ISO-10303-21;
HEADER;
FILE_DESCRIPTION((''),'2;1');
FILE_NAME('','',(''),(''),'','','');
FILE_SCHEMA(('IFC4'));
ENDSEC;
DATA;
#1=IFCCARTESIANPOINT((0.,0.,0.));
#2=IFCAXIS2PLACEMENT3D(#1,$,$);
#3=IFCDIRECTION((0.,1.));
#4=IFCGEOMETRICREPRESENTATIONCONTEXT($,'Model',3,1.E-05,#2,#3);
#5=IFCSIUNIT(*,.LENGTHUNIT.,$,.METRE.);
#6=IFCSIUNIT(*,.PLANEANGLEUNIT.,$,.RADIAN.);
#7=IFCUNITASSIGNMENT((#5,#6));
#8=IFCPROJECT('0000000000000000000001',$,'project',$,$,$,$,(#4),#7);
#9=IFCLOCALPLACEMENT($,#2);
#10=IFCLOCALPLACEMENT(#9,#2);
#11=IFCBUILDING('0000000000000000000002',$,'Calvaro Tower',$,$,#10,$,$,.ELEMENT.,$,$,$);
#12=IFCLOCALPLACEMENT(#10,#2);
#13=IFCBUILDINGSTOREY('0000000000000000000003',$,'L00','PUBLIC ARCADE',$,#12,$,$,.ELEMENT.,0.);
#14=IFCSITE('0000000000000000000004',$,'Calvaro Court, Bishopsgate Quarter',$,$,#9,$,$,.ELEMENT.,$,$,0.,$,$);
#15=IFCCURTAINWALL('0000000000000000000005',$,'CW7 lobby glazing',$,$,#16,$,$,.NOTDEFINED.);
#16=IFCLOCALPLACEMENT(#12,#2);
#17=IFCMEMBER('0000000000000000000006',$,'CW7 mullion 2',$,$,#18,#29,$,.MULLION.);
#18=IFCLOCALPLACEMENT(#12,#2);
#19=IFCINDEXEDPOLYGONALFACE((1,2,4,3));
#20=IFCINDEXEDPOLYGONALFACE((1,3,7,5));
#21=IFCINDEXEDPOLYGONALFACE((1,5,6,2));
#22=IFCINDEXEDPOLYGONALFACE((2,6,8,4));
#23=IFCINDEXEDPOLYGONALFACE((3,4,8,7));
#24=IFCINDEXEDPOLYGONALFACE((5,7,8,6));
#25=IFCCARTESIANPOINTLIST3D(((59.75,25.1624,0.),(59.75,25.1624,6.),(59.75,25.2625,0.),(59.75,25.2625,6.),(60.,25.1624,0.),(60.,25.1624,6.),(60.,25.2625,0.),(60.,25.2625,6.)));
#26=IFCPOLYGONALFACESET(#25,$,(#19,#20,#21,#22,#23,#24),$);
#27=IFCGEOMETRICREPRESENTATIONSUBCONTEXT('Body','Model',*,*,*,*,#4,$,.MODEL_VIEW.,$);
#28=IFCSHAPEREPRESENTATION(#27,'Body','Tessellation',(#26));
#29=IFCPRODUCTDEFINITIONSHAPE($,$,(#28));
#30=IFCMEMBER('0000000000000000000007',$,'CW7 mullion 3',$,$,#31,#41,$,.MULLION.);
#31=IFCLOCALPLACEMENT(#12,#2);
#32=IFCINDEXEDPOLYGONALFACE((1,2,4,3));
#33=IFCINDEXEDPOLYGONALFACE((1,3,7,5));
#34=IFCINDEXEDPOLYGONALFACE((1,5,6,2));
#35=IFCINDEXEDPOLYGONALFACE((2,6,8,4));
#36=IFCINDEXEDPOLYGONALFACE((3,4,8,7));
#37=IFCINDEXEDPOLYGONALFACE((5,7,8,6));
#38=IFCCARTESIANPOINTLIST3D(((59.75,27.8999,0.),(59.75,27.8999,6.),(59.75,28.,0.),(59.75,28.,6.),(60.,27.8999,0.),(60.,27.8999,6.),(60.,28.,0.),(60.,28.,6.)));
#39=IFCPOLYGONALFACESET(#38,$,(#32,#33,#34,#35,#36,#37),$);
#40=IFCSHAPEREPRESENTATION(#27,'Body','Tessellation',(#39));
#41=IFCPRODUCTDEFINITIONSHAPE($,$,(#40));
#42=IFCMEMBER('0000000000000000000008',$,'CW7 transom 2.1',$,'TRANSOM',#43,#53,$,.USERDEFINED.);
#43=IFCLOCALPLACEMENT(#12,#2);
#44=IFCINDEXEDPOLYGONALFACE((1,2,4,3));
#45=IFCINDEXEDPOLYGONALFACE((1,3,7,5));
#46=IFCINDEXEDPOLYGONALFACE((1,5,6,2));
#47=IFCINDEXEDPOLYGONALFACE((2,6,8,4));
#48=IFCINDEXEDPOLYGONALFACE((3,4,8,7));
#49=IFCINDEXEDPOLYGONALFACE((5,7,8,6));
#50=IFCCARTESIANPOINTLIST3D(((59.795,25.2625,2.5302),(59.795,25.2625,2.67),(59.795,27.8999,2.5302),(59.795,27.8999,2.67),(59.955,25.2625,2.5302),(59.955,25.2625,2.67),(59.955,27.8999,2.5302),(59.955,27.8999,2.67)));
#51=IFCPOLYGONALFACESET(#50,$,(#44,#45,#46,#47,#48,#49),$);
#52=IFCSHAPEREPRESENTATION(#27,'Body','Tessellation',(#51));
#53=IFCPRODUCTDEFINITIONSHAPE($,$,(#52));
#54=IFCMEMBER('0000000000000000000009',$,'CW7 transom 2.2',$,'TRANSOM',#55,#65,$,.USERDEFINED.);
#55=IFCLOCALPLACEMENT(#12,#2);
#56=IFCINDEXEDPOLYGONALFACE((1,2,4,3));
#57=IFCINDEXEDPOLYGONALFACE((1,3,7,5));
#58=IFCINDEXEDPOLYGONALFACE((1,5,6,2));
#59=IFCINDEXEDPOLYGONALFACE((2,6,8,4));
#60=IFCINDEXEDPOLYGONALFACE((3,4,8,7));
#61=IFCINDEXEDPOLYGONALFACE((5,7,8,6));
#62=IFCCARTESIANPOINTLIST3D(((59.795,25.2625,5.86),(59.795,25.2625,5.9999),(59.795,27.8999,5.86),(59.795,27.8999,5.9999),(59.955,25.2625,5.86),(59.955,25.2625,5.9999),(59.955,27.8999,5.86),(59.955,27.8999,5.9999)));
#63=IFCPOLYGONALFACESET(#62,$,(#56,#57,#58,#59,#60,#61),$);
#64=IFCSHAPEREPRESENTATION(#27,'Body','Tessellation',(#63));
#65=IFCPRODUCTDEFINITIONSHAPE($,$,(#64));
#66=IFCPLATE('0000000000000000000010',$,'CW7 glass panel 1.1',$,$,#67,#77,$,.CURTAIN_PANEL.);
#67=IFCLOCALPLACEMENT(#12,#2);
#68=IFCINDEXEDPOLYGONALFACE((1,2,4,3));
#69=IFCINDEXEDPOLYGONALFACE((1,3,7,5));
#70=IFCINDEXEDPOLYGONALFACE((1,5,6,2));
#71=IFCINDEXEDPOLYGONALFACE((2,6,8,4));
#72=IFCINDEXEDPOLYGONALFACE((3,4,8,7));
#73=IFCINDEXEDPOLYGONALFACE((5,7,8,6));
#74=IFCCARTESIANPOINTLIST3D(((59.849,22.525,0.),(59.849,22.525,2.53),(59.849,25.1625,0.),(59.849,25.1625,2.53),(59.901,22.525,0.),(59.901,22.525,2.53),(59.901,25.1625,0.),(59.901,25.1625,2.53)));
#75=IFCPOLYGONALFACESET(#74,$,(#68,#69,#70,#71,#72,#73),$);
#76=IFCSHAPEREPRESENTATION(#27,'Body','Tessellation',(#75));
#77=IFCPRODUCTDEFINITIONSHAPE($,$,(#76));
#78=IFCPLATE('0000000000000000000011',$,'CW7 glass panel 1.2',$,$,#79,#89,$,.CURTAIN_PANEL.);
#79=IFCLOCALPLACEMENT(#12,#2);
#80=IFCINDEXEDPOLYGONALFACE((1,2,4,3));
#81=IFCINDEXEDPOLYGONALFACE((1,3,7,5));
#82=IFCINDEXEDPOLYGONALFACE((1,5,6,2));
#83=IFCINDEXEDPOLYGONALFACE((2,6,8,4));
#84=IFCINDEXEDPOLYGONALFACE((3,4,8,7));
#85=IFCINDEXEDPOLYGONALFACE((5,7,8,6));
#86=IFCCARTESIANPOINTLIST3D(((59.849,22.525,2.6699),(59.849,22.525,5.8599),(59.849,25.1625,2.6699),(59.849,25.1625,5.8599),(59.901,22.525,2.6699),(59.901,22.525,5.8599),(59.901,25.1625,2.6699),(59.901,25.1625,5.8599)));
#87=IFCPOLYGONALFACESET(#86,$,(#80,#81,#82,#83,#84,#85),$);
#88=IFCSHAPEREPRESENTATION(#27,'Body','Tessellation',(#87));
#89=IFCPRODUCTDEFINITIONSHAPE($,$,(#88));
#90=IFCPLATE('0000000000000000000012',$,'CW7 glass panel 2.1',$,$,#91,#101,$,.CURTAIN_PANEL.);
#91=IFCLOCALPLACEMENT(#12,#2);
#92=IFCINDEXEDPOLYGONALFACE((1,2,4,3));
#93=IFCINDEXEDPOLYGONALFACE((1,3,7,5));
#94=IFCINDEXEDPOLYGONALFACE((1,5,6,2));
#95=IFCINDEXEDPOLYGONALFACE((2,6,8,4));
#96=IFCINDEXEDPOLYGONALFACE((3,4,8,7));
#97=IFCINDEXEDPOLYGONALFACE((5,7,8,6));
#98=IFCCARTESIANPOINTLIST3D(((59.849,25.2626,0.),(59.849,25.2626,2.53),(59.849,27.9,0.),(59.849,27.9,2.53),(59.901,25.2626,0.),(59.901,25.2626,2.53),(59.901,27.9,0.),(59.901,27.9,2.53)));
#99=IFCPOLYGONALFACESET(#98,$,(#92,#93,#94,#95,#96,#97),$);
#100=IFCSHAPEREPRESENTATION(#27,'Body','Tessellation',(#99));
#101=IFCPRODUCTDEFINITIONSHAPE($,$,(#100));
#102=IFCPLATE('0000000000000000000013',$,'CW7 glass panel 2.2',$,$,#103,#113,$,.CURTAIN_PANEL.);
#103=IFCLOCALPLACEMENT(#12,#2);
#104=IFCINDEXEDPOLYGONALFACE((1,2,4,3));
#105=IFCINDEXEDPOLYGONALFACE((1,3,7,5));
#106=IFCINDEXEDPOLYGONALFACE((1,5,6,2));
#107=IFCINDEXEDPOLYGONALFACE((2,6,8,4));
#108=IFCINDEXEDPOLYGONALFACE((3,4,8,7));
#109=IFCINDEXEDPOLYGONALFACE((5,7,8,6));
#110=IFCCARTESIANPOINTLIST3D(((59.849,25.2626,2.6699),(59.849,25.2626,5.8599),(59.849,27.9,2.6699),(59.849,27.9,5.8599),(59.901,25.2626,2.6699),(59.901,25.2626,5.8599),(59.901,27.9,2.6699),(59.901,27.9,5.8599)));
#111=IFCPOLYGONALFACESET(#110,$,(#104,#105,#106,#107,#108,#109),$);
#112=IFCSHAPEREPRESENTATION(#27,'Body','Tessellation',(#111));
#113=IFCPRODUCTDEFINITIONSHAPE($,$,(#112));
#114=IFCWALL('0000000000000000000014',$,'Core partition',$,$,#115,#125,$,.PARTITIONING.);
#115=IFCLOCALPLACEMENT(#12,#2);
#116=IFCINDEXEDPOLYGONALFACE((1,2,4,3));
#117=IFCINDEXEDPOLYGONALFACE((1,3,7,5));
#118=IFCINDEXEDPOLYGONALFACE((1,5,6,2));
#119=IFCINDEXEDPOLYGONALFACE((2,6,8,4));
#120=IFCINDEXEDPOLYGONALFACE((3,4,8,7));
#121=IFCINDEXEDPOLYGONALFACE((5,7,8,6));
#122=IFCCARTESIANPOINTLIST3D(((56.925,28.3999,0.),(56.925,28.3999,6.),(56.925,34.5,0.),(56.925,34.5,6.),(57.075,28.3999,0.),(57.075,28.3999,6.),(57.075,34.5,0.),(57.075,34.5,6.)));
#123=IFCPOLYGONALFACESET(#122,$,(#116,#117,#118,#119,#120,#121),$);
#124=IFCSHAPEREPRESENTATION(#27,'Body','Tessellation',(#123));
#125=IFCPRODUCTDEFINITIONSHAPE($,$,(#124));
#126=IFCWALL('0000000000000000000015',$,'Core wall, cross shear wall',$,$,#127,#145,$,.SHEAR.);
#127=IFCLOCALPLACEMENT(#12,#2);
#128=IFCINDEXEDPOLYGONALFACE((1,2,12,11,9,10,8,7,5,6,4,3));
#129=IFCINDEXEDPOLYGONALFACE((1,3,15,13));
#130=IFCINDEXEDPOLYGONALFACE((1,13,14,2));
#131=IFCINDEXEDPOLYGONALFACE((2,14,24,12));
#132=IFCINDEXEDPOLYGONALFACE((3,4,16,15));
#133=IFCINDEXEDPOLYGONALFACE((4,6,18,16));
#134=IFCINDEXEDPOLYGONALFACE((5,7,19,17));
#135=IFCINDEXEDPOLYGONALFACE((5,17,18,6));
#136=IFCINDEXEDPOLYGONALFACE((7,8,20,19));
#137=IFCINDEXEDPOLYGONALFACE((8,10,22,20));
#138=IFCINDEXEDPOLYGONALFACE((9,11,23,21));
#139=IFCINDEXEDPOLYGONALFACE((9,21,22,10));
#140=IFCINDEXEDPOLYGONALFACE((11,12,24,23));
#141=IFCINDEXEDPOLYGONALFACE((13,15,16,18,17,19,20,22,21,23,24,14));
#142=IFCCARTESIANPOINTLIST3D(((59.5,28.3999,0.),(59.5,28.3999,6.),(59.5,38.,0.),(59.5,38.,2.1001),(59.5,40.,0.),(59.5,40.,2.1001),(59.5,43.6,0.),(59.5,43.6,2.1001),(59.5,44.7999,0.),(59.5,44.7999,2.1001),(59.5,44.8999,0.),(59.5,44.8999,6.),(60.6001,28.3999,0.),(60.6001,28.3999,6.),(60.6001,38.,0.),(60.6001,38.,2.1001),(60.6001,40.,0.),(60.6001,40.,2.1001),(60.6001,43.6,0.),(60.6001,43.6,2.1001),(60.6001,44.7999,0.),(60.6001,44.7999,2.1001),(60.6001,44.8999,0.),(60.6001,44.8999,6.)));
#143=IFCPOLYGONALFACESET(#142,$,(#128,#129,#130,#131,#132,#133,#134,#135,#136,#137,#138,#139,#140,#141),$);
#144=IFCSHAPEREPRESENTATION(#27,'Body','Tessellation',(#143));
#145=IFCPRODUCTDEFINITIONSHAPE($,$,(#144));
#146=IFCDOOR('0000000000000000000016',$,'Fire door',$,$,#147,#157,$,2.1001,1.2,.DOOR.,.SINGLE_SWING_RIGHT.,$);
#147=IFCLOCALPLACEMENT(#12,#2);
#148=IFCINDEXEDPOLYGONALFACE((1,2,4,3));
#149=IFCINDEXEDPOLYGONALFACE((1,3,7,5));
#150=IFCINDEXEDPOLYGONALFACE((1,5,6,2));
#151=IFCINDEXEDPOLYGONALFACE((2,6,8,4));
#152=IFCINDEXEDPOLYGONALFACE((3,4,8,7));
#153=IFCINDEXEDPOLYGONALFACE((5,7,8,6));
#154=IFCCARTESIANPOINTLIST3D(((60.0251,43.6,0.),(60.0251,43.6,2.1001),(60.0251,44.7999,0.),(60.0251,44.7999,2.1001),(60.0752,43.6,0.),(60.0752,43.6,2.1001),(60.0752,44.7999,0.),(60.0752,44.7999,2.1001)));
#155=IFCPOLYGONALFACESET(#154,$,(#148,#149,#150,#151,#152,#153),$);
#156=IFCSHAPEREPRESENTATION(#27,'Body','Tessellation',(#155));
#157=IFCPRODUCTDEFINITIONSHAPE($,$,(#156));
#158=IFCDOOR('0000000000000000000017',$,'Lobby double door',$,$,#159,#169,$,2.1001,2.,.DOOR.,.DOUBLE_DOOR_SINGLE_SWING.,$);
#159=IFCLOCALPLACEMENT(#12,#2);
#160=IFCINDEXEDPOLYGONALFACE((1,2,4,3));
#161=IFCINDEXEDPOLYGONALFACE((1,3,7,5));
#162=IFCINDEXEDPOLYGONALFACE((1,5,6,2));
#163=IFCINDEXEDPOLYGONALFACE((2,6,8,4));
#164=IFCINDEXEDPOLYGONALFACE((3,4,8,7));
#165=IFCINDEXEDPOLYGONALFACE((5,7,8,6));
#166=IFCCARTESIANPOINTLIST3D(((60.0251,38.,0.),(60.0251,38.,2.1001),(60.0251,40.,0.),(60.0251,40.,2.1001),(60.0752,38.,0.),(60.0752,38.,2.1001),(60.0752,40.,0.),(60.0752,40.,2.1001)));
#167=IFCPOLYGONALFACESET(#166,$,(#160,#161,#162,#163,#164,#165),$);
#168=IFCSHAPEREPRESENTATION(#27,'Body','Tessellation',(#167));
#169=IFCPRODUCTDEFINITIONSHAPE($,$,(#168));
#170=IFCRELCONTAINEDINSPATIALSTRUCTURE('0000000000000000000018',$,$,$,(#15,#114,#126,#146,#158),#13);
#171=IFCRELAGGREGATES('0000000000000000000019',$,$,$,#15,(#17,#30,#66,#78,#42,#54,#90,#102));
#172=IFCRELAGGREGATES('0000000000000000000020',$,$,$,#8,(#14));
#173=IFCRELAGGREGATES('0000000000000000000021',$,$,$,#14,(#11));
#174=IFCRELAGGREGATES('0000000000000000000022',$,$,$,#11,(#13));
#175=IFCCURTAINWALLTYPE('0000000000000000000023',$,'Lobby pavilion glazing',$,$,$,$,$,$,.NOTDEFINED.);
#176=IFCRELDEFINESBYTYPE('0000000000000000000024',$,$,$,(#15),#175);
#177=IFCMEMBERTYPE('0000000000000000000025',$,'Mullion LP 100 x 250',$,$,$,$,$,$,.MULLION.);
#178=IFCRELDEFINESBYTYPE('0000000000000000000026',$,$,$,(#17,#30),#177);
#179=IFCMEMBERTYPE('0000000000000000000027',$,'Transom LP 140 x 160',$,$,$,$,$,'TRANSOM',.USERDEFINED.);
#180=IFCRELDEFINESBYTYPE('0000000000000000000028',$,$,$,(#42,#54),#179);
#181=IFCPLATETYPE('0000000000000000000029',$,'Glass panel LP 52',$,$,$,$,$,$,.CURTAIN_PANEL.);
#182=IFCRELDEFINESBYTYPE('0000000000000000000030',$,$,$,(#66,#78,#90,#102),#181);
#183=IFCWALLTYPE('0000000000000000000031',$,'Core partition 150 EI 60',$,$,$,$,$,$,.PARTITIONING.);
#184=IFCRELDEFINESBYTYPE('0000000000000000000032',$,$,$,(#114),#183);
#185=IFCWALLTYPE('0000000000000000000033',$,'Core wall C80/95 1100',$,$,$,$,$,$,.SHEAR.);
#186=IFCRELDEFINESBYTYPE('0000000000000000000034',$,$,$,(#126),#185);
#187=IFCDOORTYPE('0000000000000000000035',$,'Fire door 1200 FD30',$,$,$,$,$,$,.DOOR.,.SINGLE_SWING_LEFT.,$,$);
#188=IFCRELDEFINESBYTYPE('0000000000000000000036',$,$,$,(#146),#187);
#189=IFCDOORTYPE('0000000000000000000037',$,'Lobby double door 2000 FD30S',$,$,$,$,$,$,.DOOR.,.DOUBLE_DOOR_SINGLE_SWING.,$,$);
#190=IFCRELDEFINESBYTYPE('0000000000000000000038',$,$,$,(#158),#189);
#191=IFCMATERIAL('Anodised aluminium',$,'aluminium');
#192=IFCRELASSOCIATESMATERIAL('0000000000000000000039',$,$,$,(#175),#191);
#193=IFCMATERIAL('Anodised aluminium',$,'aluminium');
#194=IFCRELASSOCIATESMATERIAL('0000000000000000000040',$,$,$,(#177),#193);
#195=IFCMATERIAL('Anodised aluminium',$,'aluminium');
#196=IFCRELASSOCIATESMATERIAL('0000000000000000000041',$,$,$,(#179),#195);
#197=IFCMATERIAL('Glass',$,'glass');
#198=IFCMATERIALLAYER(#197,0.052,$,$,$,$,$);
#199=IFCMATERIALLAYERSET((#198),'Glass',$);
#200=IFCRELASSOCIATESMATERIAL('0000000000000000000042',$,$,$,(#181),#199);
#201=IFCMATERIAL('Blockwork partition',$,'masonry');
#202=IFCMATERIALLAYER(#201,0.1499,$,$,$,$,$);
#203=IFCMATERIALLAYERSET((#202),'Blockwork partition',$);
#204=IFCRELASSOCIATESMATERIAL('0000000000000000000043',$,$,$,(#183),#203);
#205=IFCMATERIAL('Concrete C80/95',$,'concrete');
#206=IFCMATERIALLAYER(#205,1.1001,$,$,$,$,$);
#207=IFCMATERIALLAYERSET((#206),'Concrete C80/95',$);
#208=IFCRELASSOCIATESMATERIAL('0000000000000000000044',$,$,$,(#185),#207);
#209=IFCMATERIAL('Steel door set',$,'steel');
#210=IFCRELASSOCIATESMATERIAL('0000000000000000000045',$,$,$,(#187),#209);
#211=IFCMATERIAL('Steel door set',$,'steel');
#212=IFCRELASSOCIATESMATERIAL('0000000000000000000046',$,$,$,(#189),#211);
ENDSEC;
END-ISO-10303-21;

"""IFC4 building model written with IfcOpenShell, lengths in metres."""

from ifc_helpers import new_model, si_unit, direction, frame, frame_2d, origin, origin_2d, place, context, subcontext, project, spatial, rectangle, extrude, material, layer, layer_set, material_profile, profile_set, type_object, element, fill, aggregate, save


model = new_model("IFC4")

# Units and contexts
model_context = context("Model", 3, precision=1e-05, world=origin(), true_north=direction((0.0, 1.0)))
body_context = subcontext(model_context, "Body", "Model", "MODEL_VIEW")
ifc_project = project(units=[si_unit("LENGTHUNIT", "METRE"), si_unit("PLANEANGLEUNIT", "RADIAN")], contexts=[model_context])

# Site, building, storey
site_placement = place(None, origin())
site = spatial("IfcSite", under=ifc_project, at=site_placement, Name="Calvaro Court, Bishopsgate Quarter", CompositionType="ELEMENT", RefElevation=0.0)
building_placement = place(site_placement, origin())
building = spatial("IfcBuilding", under=site, at=building_placement, Name="Calvaro Tower", CompositionType="ELEMENT")
storey_placement = place(building_placement, origin())
storey = spatial("IfcBuildingStorey", under=building, at=storey_placement, Name="L00", Description="PUBLIC ARCADE", CompositionType="ELEMENT", Elevation=0.0)

# Curtain wall, members, plates
ifc_material_1 = material(Name="Anodised aluminium", Category="aluminium")
curtain_wall_type = type_object("IfcCurtainWallType", Name="Lobby pavilion glazing", PredefinedType="NOTDEFINED", material=ifc_material_1)
curtain_wall_placement = place(storey_placement, origin())
curtain_wall = element("IfcCurtainWall", 1, at=curtain_wall_placement, inside=storey, type_object=curtain_wall_type, Name="CW7 lobby glazing", PredefinedType="NOTDEFINED")
ifc_material_2 = material(Name="Anodised aluminium", Category="aluminium")
ifc_material_profile_1 = material_profile(ifc_material_2, rectangle(XDim=0.25, YDim=0.1001, at=origin_2d()), Name="Mullion LP 100 x 250")
ifc_profile_set_1 = profile_set([ifc_material_profile_1], Name="Anodised aluminium")
member_type_1 = type_object("IfcMemberType", Name="Mullion LP 100 x 250", PredefinedType="MULLION", material=ifc_profile_set_1)
member_1_placement = place(storey_placement, frame((59.875, 25.2124, 0.0), z_axis=(0.0, 0.0, 1.0), x_axis=(-1.0, 0.0, 0.0)))
member_1 = element("IfcMember", 2, at=member_1_placement, type_object=member_type_1, Name="CW7 mullion 2", PredefinedType="MULLION", context=body_context, shape_type="SweptSolid", body=[
    extrude(rectangle(XDim=0.25, YDim=0.1001, at=origin_2d()), origin(), (0.0, 0.0, 1.0), 6.0),
])
member_2_placement = place(storey_placement, frame((59.875, 27.95, 0.0), z_axis=(0.0, 0.0, 1.0), x_axis=(-1.0, 0.0, 0.0)))
member_2 = element("IfcMember", 3, at=member_2_placement, type_object=member_type_1, Name="CW7 mullion 3", PredefinedType="MULLION", context=body_context, shape_type="SweptSolid", body=[
    extrude(rectangle(XDim=0.25, YDim=0.1001, at=origin_2d()), origin(), (0.0, 0.0, 1.0), 6.0),
])
ifc_material_3 = material(Name="Anodised aluminium", Category="aluminium")
ifc_material_profile_2 = material_profile(ifc_material_3, rectangle(XDim=0.1599, YDim=0.1399, at=origin_2d()), Name="Transom LP 140 x 160")
ifc_profile_set_2 = profile_set([ifc_material_profile_2], Name="Anodised aluminium")
member_type_2 = type_object("IfcMemberType", Name="Transom LP 140 x 160", ElementType="TRANSOM", PredefinedType="USERDEFINED", material=ifc_profile_set_2)
member_3_placement = place(storey_placement, frame((59.875, 25.2625, 2.6001), z_axis=(0.0, 1.0, 0.0), x_axis=(-1.0, 0.0, 0.0)))
member_3 = element("IfcMember", 4, at=member_3_placement, type_object=member_type_2, Name="CW7 transom 2.1", ObjectType="TRANSOM", PredefinedType="USERDEFINED", context=body_context, shape_type="SweptSolid", body=[
    extrude(rectangle(XDim=0.1599, YDim=0.1399, at=origin_2d()), origin(), (0.0, 0.0, 1.0), 2.6375),
])
member_4_placement = place(storey_placement, frame((59.875, 25.2625, 5.9299), z_axis=(0.0, 1.0, 0.0), x_axis=(-1.0, 0.0, 0.0)))
member_4 = element("IfcMember", 5, at=member_4_placement, type_object=member_type_2, Name="CW7 transom 2.2", ObjectType="TRANSOM", PredefinedType="USERDEFINED", context=body_context, shape_type="SweptSolid", body=[
    extrude(rectangle(XDim=0.1599, YDim=0.1399, at=origin_2d()), origin(), (0.0, 0.0, 1.0), 2.6375),
])
ifc_material_4 = material(Name="Glass", Category="glass")
ifc_layer_1 = layer(ifc_material_4, 0.052)
ifc_layer_set_1 = layer_set([ifc_layer_1], Name="Glass")
plate_type = type_object("IfcPlateType", Name="Glass panel LP 52", PredefinedType="CURTAIN_PANEL", material=ifc_layer_set_1)
plate_1_placement = place(storey_placement, frame((59.875, 23.8438, 0.0), z_axis=(0.0, 0.0, 1.0), x_axis=(0.0, 1.0, 0.0)))
plate_1 = element("IfcPlate", 6, at=plate_1_placement, type_object=plate_type, Name="CW7 glass panel 1.1", PredefinedType="CURTAIN_PANEL", context=body_context, shape_type="SweptSolid", body=[
    extrude(rectangle(XDim=2.6375, YDim=0.052, at=origin_2d()), origin(), (0.0, 0.0, 1.0), 2.53),
])
plate_2_placement = place(storey_placement, frame((59.875, 23.8438, 2.6699), z_axis=(0.0, 0.0, 1.0), x_axis=(0.0, 1.0, 0.0)))
plate_2 = element("IfcPlate", 7, at=plate_2_placement, type_object=plate_type, Name="CW7 glass panel 1.2", PredefinedType="CURTAIN_PANEL", context=body_context, shape_type="SweptSolid", body=[
    extrude(rectangle(XDim=2.6375, YDim=0.052, at=origin_2d()), origin(), (0.0, 0.0, 1.0), 3.1899),
])
plate_3_placement = place(storey_placement, frame((59.875, 26.5813, 0.0), z_axis=(0.0, 0.0, 1.0), x_axis=(0.0, 1.0, 0.0)))
plate_3 = element("IfcPlate", 8, at=plate_3_placement, type_object=plate_type, Name="CW7 glass panel 2.1", PredefinedType="CURTAIN_PANEL", context=body_context, shape_type="SweptSolid", body=[
    extrude(rectangle(XDim=2.6375, YDim=0.052, at=origin_2d()), origin(), (0.0, 0.0, 1.0), 2.53),
])
plate_4_placement = place(storey_placement, frame((59.875, 26.5813, 2.6699), z_axis=(0.0, 0.0, 1.0), x_axis=(0.0, 1.0, 0.0)))
plate_4 = element("IfcPlate", 9, at=plate_4_placement, type_object=plate_type, Name="CW7 glass panel 2.2", PredefinedType="CURTAIN_PANEL", context=body_context, shape_type="SweptSolid", body=[
    extrude(rectangle(XDim=2.6375, YDim=0.052, at=origin_2d()), origin(), (0.0, 0.0, 1.0), 3.1899),
])
aggregate(curtain_wall, [member_1, member_2, plate_1, plate_2, member_3, member_4, plate_3, plate_4])

# Wall
ifc_material_5 = material(Name="Blockwork partition", Category="masonry")
ifc_layer_2 = layer(ifc_material_5, 0.1499)
ifc_layer_set_2 = layer_set([ifc_layer_2], Name="Blockwork partition")
wall_type_1 = type_object("IfcWallType", Name="Core partition 150 EI 60", PredefinedType="PARTITIONING", material=ifc_layer_set_2)
wall_1_placement = place(storey_placement, frame((57.0, 28.3999, 0.0), z_axis=(0.0, 0.0, 1.0), x_axis=(0.0, 1.0, 0.0)))
element("IfcWall", 10, at=wall_1_placement, inside=storey, type_object=wall_type_1, Name="Core partition", PredefinedType="PARTITIONING", context=body_context, shape_type="SweptSolid", body=[
    extrude(rectangle(XDim=6.1001, YDim=0.1499, at=frame_2d((3.05, 0.0))), origin(), (0.0, 0.0, 1.0), 6.0),
])

# Wall, openings, doors
ifc_material_6 = material(Name="Concrete C80/95", Category="concrete")
ifc_layer_3 = layer(ifc_material_6, 1.1001)
ifc_layer_set_3 = layer_set([ifc_layer_3], Name="Concrete C80/95")
wall_type_2 = type_object("IfcWallType", Name="Core wall C80/95 1100", PredefinedType="SHEAR", material=ifc_layer_set_3)
wall_2_placement = place(storey_placement, frame((60.05, 28.3999, 0.0), z_axis=(0.0, 0.0, 1.0), x_axis=(0.0, 1.0, 0.0)))
wall_2 = element("IfcWall", 11, at=wall_2_placement, inside=storey, type_object=wall_type_2, Name="Core wall, cross shear wall", PredefinedType="SHEAR", context=body_context, shape_type="SweptSolid", body=[
    extrude(rectangle(XDim=16.5, YDim=1.1001, at=frame_2d((8.25, 0.0))), origin(), (0.0, 0.0, 1.0), 6.0),
])
opening_1_placement = place(wall_2_placement, frame((9.6001, 0.0, 0.0)))
opening_1 = element("IfcOpeningElement", 12, at=opening_1_placement, cuts=wall_2, PredefinedType="OPENING", context=body_context, shape_type="SweptSolid", body=[
    extrude(rectangle(XDim=2.0, YDim=2.1001, at=frame_2d((1.0, 1.05))), frame((0.0, 0.5601, 0.0), z_axis=(0.0, -1.0, 0.0), x_axis=(1.0, 0.0, 0.0)), (0.0, 0.0, 1.0), 1.1201),
])
opening_2_placement = place(wall_2_placement, frame((15.2, 0.0, 0.0)))
opening_2 = element("IfcOpeningElement", 13, at=opening_2_placement, cuts=wall_2, PredefinedType="OPENING", context=body_context, shape_type="SweptSolid", body=[
    extrude(rectangle(XDim=1.2, YDim=2.1001, at=frame_2d((0.6001, 1.05))), frame((0.0, 0.5601, 0.0), z_axis=(0.0, -1.0, 0.0), x_axis=(1.0, 0.0, 0.0)), (0.0, 0.0, 1.0), 1.1201),
])
ifc_material_7 = material(Name="Steel door set", Category="steel")
door_type_1 = type_object("IfcDoorType", Name="Fire door 1200 FD30", OperationType="SINGLE_SWING_LEFT", PredefinedType="DOOR", material=ifc_material_7)
door_1_placement = place(opening_2_placement, origin())
door_1 = element("IfcDoor", 14, at=door_1_placement, inside=storey, type_object=door_type_1, Name="Fire door", OperationType="SINGLE_SWING_RIGHT", OverallHeight=2.1001, OverallWidth=1.2, PredefinedType="DOOR", context=body_context, shape_type="SweptSolid", body=[
    extrude(rectangle(XDim=1.2, YDim=2.1001, at=frame_2d((0.6001, 1.05))), frame((0.0, 0.0249, 0.0), z_axis=(0.0, -1.0, 0.0), x_axis=(1.0, 0.0, 0.0)), (0.0, 0.0, 1.0), 0.05),
])
fill(opening_2, door_1)
ifc_material_8 = material(Name="Steel door set", Category="steel")
door_type_2 = type_object("IfcDoorType", Name="Lobby double door 2000 FD30S", OperationType="DOUBLE_DOOR_SINGLE_SWING", PredefinedType="DOOR", material=ifc_material_8)
door_2_placement = place(opening_1_placement, origin())
door_2 = element("IfcDoor", 15, at=door_2_placement, inside=storey, type_object=door_type_2, Name="Lobby double door", OperationType="DOUBLE_DOOR_SINGLE_SWING", OverallHeight=2.1001, OverallWidth=2.0, PredefinedType="DOOR", context=body_context, shape_type="SweptSolid", body=[
    extrude(rectangle(XDim=2.0, YDim=2.1001, at=frame_2d((1.0, 1.05))), frame((0.0, 0.0249, 0.0), z_axis=(0.0, -1.0, 0.0), x_axis=(1.0, 0.0, 0.0)), (0.0, 0.0, 1.0), 0.05),
])
fill(opening_1, door_2)

save(model, "model.ifc")
